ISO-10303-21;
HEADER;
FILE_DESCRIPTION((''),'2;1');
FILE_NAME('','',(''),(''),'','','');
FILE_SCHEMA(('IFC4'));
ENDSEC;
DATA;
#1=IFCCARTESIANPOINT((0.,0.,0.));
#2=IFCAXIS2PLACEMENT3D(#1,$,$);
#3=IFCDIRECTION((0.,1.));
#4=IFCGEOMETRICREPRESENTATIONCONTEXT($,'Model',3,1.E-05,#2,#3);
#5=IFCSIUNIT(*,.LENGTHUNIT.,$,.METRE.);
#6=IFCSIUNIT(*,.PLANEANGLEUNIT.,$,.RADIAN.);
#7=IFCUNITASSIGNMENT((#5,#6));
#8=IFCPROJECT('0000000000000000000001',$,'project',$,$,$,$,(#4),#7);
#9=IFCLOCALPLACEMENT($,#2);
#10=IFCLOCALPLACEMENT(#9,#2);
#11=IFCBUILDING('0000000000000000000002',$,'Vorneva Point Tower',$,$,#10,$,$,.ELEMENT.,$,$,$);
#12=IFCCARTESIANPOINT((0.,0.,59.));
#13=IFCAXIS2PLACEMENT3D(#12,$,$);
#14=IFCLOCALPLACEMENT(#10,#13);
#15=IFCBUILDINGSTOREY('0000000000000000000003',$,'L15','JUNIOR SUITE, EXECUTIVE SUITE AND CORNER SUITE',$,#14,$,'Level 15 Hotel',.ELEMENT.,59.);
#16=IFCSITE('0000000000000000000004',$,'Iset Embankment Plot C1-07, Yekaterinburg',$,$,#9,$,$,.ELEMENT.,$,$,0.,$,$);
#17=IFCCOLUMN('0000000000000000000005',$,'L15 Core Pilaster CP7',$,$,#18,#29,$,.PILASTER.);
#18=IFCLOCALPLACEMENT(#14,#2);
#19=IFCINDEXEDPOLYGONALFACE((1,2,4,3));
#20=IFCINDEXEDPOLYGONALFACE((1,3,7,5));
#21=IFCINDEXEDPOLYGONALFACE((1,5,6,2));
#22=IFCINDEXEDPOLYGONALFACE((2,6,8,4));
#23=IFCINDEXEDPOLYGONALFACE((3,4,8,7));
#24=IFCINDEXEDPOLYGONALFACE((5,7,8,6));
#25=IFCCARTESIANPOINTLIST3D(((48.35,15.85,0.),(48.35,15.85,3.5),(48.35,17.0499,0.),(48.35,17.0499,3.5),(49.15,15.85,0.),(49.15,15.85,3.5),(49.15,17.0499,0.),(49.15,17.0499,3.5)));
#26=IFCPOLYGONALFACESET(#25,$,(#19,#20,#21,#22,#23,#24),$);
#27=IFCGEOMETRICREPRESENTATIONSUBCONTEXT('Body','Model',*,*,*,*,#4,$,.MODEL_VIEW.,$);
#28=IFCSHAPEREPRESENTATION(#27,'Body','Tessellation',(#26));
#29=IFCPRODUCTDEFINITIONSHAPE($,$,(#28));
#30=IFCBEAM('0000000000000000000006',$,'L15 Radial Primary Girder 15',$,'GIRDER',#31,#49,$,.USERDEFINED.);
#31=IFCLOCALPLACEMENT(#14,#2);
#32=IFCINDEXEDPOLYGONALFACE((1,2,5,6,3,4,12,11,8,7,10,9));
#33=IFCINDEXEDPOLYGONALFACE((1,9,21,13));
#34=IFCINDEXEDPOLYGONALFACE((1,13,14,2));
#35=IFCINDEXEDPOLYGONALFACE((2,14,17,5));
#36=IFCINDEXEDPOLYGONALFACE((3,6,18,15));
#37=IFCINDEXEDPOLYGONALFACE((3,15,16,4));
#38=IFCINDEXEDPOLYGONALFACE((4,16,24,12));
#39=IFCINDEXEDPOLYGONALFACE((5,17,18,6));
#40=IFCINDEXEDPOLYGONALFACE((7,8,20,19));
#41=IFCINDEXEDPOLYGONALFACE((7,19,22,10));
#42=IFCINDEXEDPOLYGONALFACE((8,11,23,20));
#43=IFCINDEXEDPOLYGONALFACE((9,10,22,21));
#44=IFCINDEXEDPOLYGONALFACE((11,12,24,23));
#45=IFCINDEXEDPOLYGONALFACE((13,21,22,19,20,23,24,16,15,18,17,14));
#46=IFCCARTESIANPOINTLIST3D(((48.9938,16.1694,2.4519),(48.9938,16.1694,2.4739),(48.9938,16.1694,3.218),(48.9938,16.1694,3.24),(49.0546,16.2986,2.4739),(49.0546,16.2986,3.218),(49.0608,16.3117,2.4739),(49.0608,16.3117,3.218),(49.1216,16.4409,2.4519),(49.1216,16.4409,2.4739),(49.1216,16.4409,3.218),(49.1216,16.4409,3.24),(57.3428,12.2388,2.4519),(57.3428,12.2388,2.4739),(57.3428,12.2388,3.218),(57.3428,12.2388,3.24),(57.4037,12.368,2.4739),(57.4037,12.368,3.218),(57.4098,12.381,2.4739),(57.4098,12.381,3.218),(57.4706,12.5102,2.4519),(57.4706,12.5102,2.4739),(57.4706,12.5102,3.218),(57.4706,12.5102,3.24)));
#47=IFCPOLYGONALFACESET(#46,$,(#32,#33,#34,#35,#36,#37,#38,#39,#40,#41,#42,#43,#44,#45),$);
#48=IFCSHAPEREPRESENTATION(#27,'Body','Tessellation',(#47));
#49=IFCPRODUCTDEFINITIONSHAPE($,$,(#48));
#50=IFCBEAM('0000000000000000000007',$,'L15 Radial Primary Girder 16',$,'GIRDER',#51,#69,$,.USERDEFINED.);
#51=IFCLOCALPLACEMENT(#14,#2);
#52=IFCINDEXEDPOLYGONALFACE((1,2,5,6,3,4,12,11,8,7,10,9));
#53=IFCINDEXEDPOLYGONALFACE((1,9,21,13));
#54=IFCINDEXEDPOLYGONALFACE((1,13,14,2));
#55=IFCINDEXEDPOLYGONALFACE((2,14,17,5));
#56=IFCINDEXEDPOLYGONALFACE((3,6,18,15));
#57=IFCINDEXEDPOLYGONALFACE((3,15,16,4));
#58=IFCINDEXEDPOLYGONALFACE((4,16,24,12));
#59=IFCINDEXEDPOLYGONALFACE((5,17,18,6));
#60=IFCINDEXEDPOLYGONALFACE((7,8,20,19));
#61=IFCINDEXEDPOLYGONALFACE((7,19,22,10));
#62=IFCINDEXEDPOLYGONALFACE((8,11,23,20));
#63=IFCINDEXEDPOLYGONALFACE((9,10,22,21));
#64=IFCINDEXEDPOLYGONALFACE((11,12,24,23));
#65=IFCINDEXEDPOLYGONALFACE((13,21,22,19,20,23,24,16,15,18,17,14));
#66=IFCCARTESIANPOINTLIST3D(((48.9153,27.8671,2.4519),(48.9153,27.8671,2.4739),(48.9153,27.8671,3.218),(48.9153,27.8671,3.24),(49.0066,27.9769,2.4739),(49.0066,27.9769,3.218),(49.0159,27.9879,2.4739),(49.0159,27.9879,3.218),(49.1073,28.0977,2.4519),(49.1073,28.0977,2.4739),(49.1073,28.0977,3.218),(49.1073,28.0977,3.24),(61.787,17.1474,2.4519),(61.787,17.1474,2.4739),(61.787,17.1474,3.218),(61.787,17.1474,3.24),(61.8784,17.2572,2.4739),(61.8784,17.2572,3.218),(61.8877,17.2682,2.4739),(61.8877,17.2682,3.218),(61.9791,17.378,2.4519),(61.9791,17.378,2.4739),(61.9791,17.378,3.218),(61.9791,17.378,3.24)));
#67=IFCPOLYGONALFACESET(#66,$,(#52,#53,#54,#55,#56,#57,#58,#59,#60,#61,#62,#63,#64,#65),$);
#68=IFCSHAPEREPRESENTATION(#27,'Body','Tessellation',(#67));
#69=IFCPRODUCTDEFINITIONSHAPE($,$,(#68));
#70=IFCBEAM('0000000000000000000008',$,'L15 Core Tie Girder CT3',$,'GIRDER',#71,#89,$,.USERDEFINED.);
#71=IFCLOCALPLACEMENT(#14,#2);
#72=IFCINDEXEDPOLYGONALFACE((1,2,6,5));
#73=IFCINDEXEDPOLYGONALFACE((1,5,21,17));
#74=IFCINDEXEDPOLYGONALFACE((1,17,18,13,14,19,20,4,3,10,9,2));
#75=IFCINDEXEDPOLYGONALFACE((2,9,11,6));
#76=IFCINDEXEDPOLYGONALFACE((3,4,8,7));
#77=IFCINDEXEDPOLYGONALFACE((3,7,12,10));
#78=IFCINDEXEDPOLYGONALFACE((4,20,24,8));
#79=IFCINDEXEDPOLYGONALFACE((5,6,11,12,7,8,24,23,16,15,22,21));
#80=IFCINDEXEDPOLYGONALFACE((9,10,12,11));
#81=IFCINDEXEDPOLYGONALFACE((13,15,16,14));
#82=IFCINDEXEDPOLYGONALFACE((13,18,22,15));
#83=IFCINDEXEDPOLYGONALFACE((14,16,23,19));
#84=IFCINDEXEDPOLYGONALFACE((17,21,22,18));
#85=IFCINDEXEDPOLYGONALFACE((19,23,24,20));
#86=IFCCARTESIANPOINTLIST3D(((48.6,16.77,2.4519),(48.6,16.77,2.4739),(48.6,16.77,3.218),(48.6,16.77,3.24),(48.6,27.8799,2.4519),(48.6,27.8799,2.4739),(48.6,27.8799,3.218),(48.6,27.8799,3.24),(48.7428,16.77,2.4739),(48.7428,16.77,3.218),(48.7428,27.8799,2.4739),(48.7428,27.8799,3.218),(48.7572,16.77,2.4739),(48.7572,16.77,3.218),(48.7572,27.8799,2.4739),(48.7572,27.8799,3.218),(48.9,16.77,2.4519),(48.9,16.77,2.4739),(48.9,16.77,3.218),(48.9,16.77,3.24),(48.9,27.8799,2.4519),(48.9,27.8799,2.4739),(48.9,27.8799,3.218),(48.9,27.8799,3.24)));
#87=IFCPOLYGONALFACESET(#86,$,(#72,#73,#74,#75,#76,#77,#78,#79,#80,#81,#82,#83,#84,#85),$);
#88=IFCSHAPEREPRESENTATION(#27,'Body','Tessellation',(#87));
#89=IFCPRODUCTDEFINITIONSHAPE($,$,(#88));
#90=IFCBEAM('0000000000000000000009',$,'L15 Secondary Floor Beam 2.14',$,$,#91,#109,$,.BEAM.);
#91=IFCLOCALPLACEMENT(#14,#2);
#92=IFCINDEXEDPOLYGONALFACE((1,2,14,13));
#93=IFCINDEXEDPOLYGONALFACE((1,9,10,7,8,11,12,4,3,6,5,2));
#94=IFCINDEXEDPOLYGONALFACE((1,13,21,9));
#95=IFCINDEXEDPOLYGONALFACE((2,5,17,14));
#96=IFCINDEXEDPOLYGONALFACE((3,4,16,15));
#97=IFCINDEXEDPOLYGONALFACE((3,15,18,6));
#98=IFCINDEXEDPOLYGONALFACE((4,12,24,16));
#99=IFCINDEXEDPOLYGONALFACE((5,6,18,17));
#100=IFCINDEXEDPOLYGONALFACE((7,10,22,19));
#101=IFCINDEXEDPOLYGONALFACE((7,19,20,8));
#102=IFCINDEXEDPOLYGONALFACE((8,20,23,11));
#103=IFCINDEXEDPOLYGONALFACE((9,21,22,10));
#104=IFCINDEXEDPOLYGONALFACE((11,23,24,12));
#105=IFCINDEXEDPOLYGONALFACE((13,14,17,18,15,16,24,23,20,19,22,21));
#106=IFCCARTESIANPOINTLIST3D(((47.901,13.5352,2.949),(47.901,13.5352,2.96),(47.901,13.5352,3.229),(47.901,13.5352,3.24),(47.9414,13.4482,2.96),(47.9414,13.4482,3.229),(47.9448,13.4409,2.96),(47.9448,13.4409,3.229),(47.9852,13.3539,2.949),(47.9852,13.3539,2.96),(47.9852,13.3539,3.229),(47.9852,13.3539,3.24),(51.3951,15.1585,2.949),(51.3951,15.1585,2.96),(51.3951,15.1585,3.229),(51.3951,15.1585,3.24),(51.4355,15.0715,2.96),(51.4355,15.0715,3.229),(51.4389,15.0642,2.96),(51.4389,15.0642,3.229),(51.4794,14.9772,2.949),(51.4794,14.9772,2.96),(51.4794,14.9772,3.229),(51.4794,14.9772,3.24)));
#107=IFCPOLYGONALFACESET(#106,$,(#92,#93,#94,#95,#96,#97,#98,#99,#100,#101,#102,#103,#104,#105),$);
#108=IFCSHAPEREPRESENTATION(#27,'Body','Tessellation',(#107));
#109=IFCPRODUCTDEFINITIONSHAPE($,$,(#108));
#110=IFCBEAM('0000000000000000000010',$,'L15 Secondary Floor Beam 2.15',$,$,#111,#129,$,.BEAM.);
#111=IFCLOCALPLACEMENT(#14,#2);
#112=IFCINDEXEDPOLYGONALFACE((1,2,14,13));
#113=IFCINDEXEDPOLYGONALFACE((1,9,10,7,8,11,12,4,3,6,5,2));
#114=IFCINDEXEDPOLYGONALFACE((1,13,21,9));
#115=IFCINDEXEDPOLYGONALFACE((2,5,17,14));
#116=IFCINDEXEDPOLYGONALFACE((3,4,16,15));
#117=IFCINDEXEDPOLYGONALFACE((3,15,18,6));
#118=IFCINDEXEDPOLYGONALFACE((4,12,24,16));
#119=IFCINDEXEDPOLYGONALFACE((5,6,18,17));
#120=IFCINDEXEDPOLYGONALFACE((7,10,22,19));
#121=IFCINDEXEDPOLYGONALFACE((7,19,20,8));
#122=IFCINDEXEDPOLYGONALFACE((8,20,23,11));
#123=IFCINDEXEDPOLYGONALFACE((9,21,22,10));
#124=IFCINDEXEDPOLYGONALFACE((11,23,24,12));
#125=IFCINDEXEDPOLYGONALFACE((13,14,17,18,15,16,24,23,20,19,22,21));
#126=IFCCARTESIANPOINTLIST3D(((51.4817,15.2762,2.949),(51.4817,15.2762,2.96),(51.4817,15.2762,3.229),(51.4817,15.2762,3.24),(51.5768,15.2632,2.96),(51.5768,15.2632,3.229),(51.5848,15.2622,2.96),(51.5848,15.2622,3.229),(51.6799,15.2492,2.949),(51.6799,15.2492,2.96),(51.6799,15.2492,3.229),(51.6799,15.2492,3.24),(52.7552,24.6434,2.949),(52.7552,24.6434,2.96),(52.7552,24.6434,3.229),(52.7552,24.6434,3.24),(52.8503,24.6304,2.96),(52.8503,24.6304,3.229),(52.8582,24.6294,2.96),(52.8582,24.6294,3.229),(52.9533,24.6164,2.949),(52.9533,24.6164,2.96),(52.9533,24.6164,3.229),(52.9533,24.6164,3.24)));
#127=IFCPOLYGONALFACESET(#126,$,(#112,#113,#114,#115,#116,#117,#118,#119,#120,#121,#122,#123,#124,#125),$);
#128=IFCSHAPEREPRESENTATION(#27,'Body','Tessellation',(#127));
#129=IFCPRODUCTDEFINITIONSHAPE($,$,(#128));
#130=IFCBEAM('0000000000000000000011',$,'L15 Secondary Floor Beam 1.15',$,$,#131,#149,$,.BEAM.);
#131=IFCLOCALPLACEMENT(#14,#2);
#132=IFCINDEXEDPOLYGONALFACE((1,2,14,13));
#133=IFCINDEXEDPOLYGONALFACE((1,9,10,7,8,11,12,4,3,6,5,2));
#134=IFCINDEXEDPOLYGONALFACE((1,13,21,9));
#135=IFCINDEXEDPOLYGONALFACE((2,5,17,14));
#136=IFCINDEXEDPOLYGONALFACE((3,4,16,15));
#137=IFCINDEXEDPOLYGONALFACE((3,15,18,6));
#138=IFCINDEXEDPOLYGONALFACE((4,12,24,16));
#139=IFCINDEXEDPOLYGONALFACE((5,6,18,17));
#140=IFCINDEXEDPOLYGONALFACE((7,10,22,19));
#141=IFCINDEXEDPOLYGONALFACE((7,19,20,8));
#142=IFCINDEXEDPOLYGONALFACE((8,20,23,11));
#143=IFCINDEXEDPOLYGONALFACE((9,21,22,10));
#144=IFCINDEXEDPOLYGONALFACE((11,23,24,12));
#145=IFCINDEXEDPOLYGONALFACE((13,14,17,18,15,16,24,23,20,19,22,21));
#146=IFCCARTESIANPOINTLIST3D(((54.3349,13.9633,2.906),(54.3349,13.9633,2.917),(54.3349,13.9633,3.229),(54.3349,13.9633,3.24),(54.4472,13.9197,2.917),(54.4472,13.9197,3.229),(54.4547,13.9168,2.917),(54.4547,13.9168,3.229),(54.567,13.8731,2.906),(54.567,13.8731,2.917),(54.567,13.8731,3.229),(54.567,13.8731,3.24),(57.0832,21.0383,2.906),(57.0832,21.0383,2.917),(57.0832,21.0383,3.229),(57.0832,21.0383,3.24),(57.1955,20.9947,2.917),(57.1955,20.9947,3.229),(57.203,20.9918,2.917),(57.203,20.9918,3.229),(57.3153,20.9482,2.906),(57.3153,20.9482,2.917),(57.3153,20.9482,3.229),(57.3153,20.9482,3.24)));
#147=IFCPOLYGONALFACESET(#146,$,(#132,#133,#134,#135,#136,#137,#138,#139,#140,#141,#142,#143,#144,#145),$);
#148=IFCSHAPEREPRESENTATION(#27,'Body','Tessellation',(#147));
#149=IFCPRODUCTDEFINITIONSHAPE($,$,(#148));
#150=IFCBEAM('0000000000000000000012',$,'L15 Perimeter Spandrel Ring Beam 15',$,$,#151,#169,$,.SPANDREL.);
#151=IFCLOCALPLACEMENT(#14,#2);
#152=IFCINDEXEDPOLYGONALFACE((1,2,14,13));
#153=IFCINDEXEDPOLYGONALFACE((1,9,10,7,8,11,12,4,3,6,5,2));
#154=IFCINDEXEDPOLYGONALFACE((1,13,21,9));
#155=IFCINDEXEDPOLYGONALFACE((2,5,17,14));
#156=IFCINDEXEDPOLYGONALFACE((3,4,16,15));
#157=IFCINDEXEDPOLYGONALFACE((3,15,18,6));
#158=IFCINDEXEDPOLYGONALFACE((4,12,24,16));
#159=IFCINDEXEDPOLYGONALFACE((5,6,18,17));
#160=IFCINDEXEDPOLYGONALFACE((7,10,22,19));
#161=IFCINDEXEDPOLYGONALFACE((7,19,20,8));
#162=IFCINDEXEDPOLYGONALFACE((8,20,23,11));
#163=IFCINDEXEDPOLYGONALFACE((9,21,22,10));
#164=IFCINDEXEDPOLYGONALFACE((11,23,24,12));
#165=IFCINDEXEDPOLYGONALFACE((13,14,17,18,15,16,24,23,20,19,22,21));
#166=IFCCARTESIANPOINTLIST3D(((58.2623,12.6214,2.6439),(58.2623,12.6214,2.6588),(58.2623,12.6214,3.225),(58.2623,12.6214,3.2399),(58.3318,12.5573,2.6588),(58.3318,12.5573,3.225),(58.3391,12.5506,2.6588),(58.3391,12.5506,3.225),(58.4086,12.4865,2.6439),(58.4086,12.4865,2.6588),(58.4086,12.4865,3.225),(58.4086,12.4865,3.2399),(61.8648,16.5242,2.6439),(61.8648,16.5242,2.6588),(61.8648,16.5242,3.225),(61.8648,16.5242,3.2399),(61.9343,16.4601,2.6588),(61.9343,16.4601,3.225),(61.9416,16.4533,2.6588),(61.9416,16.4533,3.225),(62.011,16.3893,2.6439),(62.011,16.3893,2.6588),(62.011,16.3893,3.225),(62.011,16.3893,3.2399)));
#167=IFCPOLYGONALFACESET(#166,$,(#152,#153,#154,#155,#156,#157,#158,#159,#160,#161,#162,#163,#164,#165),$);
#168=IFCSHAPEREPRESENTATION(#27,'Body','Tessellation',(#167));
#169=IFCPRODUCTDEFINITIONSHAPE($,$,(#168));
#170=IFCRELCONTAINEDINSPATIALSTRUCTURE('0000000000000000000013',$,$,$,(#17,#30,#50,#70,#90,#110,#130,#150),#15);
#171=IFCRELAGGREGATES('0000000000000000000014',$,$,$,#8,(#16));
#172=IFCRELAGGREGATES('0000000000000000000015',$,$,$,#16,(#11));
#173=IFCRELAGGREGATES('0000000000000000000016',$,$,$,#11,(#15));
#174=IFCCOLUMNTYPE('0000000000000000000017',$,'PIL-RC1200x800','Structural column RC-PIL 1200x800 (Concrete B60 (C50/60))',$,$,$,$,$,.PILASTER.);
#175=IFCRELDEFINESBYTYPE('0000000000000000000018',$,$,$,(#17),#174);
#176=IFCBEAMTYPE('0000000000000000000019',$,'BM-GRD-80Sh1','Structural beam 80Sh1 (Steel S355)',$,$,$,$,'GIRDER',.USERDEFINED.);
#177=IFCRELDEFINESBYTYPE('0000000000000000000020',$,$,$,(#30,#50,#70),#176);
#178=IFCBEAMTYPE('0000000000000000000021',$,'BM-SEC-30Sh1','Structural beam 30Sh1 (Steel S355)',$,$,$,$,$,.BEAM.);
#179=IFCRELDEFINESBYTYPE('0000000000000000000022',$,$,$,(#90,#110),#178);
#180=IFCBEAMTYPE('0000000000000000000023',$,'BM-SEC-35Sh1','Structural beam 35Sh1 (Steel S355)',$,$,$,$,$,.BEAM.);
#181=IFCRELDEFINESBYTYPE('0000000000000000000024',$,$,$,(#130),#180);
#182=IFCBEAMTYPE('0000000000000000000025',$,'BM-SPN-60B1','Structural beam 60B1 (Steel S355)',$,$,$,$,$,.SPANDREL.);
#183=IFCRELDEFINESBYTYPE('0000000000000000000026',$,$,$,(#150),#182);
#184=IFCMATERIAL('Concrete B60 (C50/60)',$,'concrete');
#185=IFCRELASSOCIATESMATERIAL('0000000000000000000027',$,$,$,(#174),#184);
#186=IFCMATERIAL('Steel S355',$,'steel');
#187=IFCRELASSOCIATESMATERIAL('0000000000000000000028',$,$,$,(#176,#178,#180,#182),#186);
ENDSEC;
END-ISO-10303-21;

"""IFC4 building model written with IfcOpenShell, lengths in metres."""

from ifc_helpers import new_model, si_unit, direction, frame, origin, origin_2d, place, context, subcontext, project, spatial, rectangle, i_section, extrude, material, material_profile, profile_set, type_object, element, save


model = new_model("IFC4")

# Units and contexts
model_context = context("Model", 3, precision=1e-05, world=origin(), true_north=direction((0.0, 1.0)))
body_context = subcontext(model_context, "Body", "Model", "MODEL_VIEW")
ifc_project = project(units=[si_unit("LENGTHUNIT", "METRE"), si_unit("PLANEANGLEUNIT", "RADIAN")], contexts=[model_context])

# Site, building, storey
site_placement = place(None, origin())
site = spatial("IfcSite", under=ifc_project, at=site_placement, Name="Iset Embankment Plot C1-07, Yekaterinburg", CompositionType="ELEMENT", RefElevation=0.0)
building_placement = place(site_placement, origin())
building = spatial("IfcBuilding", under=site, at=building_placement, Name="Vorneva Point Tower", CompositionType="ELEMENT")
storey_placement = place(building_placement, frame((0.0, 0.0, 59.0)))
storey = spatial("IfcBuildingStorey", under=building, at=storey_placement, Name="L15", Description="JUNIOR SUITE, EXECUTIVE SUITE AND CORNER SUITE", LongName="Level 15 Hotel", CompositionType="ELEMENT", Elevation=59.0)

# Column
ifc_material_1 = material(Name="Concrete B60 (C50/60)", Category="concrete")
ifc_material_profile_1 = material_profile(ifc_material_1, rectangle(XDim=0.8, YDim=1.2, at=origin_2d()), Name="RC-PIL 1200x800")
ifc_profile_set_1 = profile_set([ifc_material_profile_1], Name="Concrete B60 (C50/60)")
column_type_1 = type_object("IfcColumnType", Name="PIL-RC1200x800", Description="Structural column RC-PIL 1200x800 (Concrete B60 (C50/60))", PredefinedType="PILASTER", material=ifc_profile_set_1)
column_placement = place(storey_placement, frame((48.75, 16.45, 0.0), z_axis=(0.0, 0.0, 1.0), x_axis=(1.0, 0.0, 0.0)))
element("IfcColumn", 1, at=column_placement, inside=storey, type_object=column_type_1, Name="L15 Core Pilaster CP7", PredefinedType="PILASTER", context=body_context, shape_type="SweptSolid", body=[
    extrude(rectangle(XDim=0.8, YDim=1.2, at=origin_2d()), origin(), (0.0, 0.0, 1.0), 3.5),
])

# Beams
ifc_material_2 = material(Name="Steel S355", Category="steel")
ifc_material_profile_2 = material_profile(ifc_material_2, i_section(OverallWidth=0.3, OverallDepth=0.7881, WebThickness=0.0144, FlangeThickness=0.022, at=origin_2d()), Name="80Sh1")
ifc_profile_set_2 = profile_set([ifc_material_profile_2], Name="Steel S355")
beam_type_1 = type_object("IfcBeamType", Name="BM-GRD-80Sh1", Description="Structural beam 80Sh1 (Steel S355)", ElementType="GIRDER", PredefinedType="USERDEFINED", material=ifc_profile_set_2)
beam_1_placement = place(storey_placement, frame((57.4067, 12.3745, 2.8459), z_axis=(-0.904749, 0.425945, 0.0), x_axis=(-0.425945, -0.904749, 0.0)))
element("IfcBeam", 2, at=beam_1_placement, inside=storey, type_object=beam_type_1, Name="L15 Radial Primary Girder 15", ObjectType="GIRDER", PredefinedType="USERDEFINED", context=body_context, shape_type="SweptSolid", body=[
    extrude(i_section(OverallWidth=0.3, OverallDepth=0.7881, WebThickness=0.0144, FlangeThickness=0.022, at=origin_2d()), origin(), (0.0, 0.0, 1.0), 9.228),
])
beam_2_placement = place(storey_placement, frame((61.8831, 17.2627, 2.8459), z_axis=(-0.768421, 0.639945, 0.0), x_axis=(-0.639945, -0.768421, 0.0)))
element("IfcBeam", 3, at=beam_2_placement, inside=storey, type_object=beam_type_1, Name="L15 Radial Primary Girder 16", ObjectType="GIRDER", PredefinedType="USERDEFINED", context=body_context, shape_type="SweptSolid", body=[
    extrude(i_section(OverallWidth=0.3, OverallDepth=0.7881, WebThickness=0.0144, FlangeThickness=0.022, at=origin_2d()), origin(), (0.0, 0.0, 1.0), 16.751),
])
beam_3_placement = place(storey_placement, frame((48.75, 16.77, 2.8459), z_axis=(0.0, 1.0, 0.0), x_axis=(-1.0, 0.0, 0.0)))
element("IfcBeam", 4, at=beam_3_placement, inside=storey, type_object=beam_type_1, Name="L15 Core Tie Girder CT3", ObjectType="GIRDER", PredefinedType="USERDEFINED", context=body_context, shape_type="SweptSolid", body=[
    extrude(i_section(OverallWidth=0.3, OverallDepth=0.7881, WebThickness=0.0144, FlangeThickness=0.022, at=origin_2d()), origin(), (0.0, 0.0, 1.0), 11.1099),
])
ifc_material_profile_3 = material_profile(ifc_material_2, i_section(OverallWidth=0.2, OverallDepth=0.291, WebThickness=0.0081, FlangeThickness=0.011, at=origin_2d()), Name="30Sh1")
ifc_profile_set_3 = profile_set([ifc_material_profile_3], Name="Steel S355")
beam_type_2 = type_object("IfcBeamType", Name="BM-SEC-30Sh1", Description="Structural beam 30Sh1 (Steel S355)", PredefinedType="BEAM", material=ifc_profile_set_3)
beam_4_placement = place(storey_placement, frame((47.9431, 13.4446, 3.0945), z_axis=(0.906909, 0.421327, 0.0), x_axis=(-0.421327, 0.906909, 0.0)))
element("IfcBeam", 5, at=beam_4_placement, inside=storey, type_object=beam_type_2, Name="L15 Secondary Floor Beam 2.14", PredefinedType="BEAM", context=body_context, shape_type="SweptSolid", body=[
    extrude(i_section(OverallWidth=0.2, OverallDepth=0.291, WebThickness=0.0081, FlangeThickness=0.011, at=origin_2d()), origin(), (0.0, 0.0, 1.0), 3.8528),
])
beam_5_placement = place(storey_placement, frame((51.5808, 15.2627, 3.0945), z_axis=(0.134708, 0.990885, 0.0), x_axis=(-0.990885, 0.134708, 0.0)))
element("IfcBeam", 6, at=beam_5_placement, inside=storey, type_object=beam_type_2, Name="L15 Secondary Floor Beam 2.15", PredefinedType="BEAM", context=body_context, shape_type="SweptSolid", body=[
    extrude(i_section(OverallWidth=0.2, OverallDepth=0.291, WebThickness=0.0081, FlangeThickness=0.011, at=origin_2d()), origin(), (0.0, 0.0, 1.0), 9.4534),
])
ifc_material_profile_4 = material_profile(ifc_material_2, i_section(OverallWidth=0.249, OverallDepth=0.334, WebThickness=0.0081, FlangeThickness=0.011, at=origin_2d()), Name="35Sh1")
ifc_profile_set_4 = profile_set([ifc_material_profile_4], Name="Steel S355")
beam_type_3 = type_object("IfcBeamType", Name="BM-SEC-35Sh1", Description="Structural beam 35Sh1 (Steel S355)", PredefinedType="BEAM", material=ifc_profile_set_4)
beam_6_placement = place(storey_placement, frame((54.4509, 13.9182, 3.073), z_axis=(0.362094, 0.932142, 0.0), x_axis=(-0.932142, 0.362094, 0.0)))
element("IfcBeam", 7, at=beam_6_placement, inside=storey, type_object=beam_type_3, Name="L15 Secondary Floor Beam 1.15", PredefinedType="BEAM", context=body_context, shape_type="SweptSolid", body=[
    extrude(i_section(OverallWidth=0.249, OverallDepth=0.334, WebThickness=0.0081, FlangeThickness=0.011, at=origin_2d()), origin(), (0.0, 0.0, 1.0), 7.5901),
])
ifc_material_profile_5 = material_profile(ifc_material_2, i_section(OverallWidth=0.199, OverallDepth=0.5959, WebThickness=0.01, FlangeThickness=0.0149, at=origin_2d()), Name="60B1")
ifc_profile_set_5 = profile_set([ifc_material_profile_5], Name="Steel S355")
beam_type_4 = type_object("IfcBeamType", Name="BM-SPN-60B1", Description="Structural beam 60B1 (Steel S355)", PredefinedType="SPANDREL", material=ifc_profile_set_5)
beam_7_placement = place(storey_placement, frame((58.3354, 12.554, 2.9419), z_axis=(0.678272, 0.73481, 0.0), x_axis=(-0.73481, 0.678272, 0.0)))
element("IfcBeam", 8, at=beam_7_placement, inside=storey, type_object=beam_type_4, Name="L15 Perimeter Spandrel Ring Beam 15", PredefinedType="SPANDREL", context=body_context, shape_type="SweptSolid", body=[
    extrude(i_section(OverallWidth=0.199, OverallDepth=0.5959, WebThickness=0.01, FlangeThickness=0.0149, at=origin_2d()), origin(), (0.0, 0.0, 1.0), 5.3113),
])

save(model, "model.ifc")
